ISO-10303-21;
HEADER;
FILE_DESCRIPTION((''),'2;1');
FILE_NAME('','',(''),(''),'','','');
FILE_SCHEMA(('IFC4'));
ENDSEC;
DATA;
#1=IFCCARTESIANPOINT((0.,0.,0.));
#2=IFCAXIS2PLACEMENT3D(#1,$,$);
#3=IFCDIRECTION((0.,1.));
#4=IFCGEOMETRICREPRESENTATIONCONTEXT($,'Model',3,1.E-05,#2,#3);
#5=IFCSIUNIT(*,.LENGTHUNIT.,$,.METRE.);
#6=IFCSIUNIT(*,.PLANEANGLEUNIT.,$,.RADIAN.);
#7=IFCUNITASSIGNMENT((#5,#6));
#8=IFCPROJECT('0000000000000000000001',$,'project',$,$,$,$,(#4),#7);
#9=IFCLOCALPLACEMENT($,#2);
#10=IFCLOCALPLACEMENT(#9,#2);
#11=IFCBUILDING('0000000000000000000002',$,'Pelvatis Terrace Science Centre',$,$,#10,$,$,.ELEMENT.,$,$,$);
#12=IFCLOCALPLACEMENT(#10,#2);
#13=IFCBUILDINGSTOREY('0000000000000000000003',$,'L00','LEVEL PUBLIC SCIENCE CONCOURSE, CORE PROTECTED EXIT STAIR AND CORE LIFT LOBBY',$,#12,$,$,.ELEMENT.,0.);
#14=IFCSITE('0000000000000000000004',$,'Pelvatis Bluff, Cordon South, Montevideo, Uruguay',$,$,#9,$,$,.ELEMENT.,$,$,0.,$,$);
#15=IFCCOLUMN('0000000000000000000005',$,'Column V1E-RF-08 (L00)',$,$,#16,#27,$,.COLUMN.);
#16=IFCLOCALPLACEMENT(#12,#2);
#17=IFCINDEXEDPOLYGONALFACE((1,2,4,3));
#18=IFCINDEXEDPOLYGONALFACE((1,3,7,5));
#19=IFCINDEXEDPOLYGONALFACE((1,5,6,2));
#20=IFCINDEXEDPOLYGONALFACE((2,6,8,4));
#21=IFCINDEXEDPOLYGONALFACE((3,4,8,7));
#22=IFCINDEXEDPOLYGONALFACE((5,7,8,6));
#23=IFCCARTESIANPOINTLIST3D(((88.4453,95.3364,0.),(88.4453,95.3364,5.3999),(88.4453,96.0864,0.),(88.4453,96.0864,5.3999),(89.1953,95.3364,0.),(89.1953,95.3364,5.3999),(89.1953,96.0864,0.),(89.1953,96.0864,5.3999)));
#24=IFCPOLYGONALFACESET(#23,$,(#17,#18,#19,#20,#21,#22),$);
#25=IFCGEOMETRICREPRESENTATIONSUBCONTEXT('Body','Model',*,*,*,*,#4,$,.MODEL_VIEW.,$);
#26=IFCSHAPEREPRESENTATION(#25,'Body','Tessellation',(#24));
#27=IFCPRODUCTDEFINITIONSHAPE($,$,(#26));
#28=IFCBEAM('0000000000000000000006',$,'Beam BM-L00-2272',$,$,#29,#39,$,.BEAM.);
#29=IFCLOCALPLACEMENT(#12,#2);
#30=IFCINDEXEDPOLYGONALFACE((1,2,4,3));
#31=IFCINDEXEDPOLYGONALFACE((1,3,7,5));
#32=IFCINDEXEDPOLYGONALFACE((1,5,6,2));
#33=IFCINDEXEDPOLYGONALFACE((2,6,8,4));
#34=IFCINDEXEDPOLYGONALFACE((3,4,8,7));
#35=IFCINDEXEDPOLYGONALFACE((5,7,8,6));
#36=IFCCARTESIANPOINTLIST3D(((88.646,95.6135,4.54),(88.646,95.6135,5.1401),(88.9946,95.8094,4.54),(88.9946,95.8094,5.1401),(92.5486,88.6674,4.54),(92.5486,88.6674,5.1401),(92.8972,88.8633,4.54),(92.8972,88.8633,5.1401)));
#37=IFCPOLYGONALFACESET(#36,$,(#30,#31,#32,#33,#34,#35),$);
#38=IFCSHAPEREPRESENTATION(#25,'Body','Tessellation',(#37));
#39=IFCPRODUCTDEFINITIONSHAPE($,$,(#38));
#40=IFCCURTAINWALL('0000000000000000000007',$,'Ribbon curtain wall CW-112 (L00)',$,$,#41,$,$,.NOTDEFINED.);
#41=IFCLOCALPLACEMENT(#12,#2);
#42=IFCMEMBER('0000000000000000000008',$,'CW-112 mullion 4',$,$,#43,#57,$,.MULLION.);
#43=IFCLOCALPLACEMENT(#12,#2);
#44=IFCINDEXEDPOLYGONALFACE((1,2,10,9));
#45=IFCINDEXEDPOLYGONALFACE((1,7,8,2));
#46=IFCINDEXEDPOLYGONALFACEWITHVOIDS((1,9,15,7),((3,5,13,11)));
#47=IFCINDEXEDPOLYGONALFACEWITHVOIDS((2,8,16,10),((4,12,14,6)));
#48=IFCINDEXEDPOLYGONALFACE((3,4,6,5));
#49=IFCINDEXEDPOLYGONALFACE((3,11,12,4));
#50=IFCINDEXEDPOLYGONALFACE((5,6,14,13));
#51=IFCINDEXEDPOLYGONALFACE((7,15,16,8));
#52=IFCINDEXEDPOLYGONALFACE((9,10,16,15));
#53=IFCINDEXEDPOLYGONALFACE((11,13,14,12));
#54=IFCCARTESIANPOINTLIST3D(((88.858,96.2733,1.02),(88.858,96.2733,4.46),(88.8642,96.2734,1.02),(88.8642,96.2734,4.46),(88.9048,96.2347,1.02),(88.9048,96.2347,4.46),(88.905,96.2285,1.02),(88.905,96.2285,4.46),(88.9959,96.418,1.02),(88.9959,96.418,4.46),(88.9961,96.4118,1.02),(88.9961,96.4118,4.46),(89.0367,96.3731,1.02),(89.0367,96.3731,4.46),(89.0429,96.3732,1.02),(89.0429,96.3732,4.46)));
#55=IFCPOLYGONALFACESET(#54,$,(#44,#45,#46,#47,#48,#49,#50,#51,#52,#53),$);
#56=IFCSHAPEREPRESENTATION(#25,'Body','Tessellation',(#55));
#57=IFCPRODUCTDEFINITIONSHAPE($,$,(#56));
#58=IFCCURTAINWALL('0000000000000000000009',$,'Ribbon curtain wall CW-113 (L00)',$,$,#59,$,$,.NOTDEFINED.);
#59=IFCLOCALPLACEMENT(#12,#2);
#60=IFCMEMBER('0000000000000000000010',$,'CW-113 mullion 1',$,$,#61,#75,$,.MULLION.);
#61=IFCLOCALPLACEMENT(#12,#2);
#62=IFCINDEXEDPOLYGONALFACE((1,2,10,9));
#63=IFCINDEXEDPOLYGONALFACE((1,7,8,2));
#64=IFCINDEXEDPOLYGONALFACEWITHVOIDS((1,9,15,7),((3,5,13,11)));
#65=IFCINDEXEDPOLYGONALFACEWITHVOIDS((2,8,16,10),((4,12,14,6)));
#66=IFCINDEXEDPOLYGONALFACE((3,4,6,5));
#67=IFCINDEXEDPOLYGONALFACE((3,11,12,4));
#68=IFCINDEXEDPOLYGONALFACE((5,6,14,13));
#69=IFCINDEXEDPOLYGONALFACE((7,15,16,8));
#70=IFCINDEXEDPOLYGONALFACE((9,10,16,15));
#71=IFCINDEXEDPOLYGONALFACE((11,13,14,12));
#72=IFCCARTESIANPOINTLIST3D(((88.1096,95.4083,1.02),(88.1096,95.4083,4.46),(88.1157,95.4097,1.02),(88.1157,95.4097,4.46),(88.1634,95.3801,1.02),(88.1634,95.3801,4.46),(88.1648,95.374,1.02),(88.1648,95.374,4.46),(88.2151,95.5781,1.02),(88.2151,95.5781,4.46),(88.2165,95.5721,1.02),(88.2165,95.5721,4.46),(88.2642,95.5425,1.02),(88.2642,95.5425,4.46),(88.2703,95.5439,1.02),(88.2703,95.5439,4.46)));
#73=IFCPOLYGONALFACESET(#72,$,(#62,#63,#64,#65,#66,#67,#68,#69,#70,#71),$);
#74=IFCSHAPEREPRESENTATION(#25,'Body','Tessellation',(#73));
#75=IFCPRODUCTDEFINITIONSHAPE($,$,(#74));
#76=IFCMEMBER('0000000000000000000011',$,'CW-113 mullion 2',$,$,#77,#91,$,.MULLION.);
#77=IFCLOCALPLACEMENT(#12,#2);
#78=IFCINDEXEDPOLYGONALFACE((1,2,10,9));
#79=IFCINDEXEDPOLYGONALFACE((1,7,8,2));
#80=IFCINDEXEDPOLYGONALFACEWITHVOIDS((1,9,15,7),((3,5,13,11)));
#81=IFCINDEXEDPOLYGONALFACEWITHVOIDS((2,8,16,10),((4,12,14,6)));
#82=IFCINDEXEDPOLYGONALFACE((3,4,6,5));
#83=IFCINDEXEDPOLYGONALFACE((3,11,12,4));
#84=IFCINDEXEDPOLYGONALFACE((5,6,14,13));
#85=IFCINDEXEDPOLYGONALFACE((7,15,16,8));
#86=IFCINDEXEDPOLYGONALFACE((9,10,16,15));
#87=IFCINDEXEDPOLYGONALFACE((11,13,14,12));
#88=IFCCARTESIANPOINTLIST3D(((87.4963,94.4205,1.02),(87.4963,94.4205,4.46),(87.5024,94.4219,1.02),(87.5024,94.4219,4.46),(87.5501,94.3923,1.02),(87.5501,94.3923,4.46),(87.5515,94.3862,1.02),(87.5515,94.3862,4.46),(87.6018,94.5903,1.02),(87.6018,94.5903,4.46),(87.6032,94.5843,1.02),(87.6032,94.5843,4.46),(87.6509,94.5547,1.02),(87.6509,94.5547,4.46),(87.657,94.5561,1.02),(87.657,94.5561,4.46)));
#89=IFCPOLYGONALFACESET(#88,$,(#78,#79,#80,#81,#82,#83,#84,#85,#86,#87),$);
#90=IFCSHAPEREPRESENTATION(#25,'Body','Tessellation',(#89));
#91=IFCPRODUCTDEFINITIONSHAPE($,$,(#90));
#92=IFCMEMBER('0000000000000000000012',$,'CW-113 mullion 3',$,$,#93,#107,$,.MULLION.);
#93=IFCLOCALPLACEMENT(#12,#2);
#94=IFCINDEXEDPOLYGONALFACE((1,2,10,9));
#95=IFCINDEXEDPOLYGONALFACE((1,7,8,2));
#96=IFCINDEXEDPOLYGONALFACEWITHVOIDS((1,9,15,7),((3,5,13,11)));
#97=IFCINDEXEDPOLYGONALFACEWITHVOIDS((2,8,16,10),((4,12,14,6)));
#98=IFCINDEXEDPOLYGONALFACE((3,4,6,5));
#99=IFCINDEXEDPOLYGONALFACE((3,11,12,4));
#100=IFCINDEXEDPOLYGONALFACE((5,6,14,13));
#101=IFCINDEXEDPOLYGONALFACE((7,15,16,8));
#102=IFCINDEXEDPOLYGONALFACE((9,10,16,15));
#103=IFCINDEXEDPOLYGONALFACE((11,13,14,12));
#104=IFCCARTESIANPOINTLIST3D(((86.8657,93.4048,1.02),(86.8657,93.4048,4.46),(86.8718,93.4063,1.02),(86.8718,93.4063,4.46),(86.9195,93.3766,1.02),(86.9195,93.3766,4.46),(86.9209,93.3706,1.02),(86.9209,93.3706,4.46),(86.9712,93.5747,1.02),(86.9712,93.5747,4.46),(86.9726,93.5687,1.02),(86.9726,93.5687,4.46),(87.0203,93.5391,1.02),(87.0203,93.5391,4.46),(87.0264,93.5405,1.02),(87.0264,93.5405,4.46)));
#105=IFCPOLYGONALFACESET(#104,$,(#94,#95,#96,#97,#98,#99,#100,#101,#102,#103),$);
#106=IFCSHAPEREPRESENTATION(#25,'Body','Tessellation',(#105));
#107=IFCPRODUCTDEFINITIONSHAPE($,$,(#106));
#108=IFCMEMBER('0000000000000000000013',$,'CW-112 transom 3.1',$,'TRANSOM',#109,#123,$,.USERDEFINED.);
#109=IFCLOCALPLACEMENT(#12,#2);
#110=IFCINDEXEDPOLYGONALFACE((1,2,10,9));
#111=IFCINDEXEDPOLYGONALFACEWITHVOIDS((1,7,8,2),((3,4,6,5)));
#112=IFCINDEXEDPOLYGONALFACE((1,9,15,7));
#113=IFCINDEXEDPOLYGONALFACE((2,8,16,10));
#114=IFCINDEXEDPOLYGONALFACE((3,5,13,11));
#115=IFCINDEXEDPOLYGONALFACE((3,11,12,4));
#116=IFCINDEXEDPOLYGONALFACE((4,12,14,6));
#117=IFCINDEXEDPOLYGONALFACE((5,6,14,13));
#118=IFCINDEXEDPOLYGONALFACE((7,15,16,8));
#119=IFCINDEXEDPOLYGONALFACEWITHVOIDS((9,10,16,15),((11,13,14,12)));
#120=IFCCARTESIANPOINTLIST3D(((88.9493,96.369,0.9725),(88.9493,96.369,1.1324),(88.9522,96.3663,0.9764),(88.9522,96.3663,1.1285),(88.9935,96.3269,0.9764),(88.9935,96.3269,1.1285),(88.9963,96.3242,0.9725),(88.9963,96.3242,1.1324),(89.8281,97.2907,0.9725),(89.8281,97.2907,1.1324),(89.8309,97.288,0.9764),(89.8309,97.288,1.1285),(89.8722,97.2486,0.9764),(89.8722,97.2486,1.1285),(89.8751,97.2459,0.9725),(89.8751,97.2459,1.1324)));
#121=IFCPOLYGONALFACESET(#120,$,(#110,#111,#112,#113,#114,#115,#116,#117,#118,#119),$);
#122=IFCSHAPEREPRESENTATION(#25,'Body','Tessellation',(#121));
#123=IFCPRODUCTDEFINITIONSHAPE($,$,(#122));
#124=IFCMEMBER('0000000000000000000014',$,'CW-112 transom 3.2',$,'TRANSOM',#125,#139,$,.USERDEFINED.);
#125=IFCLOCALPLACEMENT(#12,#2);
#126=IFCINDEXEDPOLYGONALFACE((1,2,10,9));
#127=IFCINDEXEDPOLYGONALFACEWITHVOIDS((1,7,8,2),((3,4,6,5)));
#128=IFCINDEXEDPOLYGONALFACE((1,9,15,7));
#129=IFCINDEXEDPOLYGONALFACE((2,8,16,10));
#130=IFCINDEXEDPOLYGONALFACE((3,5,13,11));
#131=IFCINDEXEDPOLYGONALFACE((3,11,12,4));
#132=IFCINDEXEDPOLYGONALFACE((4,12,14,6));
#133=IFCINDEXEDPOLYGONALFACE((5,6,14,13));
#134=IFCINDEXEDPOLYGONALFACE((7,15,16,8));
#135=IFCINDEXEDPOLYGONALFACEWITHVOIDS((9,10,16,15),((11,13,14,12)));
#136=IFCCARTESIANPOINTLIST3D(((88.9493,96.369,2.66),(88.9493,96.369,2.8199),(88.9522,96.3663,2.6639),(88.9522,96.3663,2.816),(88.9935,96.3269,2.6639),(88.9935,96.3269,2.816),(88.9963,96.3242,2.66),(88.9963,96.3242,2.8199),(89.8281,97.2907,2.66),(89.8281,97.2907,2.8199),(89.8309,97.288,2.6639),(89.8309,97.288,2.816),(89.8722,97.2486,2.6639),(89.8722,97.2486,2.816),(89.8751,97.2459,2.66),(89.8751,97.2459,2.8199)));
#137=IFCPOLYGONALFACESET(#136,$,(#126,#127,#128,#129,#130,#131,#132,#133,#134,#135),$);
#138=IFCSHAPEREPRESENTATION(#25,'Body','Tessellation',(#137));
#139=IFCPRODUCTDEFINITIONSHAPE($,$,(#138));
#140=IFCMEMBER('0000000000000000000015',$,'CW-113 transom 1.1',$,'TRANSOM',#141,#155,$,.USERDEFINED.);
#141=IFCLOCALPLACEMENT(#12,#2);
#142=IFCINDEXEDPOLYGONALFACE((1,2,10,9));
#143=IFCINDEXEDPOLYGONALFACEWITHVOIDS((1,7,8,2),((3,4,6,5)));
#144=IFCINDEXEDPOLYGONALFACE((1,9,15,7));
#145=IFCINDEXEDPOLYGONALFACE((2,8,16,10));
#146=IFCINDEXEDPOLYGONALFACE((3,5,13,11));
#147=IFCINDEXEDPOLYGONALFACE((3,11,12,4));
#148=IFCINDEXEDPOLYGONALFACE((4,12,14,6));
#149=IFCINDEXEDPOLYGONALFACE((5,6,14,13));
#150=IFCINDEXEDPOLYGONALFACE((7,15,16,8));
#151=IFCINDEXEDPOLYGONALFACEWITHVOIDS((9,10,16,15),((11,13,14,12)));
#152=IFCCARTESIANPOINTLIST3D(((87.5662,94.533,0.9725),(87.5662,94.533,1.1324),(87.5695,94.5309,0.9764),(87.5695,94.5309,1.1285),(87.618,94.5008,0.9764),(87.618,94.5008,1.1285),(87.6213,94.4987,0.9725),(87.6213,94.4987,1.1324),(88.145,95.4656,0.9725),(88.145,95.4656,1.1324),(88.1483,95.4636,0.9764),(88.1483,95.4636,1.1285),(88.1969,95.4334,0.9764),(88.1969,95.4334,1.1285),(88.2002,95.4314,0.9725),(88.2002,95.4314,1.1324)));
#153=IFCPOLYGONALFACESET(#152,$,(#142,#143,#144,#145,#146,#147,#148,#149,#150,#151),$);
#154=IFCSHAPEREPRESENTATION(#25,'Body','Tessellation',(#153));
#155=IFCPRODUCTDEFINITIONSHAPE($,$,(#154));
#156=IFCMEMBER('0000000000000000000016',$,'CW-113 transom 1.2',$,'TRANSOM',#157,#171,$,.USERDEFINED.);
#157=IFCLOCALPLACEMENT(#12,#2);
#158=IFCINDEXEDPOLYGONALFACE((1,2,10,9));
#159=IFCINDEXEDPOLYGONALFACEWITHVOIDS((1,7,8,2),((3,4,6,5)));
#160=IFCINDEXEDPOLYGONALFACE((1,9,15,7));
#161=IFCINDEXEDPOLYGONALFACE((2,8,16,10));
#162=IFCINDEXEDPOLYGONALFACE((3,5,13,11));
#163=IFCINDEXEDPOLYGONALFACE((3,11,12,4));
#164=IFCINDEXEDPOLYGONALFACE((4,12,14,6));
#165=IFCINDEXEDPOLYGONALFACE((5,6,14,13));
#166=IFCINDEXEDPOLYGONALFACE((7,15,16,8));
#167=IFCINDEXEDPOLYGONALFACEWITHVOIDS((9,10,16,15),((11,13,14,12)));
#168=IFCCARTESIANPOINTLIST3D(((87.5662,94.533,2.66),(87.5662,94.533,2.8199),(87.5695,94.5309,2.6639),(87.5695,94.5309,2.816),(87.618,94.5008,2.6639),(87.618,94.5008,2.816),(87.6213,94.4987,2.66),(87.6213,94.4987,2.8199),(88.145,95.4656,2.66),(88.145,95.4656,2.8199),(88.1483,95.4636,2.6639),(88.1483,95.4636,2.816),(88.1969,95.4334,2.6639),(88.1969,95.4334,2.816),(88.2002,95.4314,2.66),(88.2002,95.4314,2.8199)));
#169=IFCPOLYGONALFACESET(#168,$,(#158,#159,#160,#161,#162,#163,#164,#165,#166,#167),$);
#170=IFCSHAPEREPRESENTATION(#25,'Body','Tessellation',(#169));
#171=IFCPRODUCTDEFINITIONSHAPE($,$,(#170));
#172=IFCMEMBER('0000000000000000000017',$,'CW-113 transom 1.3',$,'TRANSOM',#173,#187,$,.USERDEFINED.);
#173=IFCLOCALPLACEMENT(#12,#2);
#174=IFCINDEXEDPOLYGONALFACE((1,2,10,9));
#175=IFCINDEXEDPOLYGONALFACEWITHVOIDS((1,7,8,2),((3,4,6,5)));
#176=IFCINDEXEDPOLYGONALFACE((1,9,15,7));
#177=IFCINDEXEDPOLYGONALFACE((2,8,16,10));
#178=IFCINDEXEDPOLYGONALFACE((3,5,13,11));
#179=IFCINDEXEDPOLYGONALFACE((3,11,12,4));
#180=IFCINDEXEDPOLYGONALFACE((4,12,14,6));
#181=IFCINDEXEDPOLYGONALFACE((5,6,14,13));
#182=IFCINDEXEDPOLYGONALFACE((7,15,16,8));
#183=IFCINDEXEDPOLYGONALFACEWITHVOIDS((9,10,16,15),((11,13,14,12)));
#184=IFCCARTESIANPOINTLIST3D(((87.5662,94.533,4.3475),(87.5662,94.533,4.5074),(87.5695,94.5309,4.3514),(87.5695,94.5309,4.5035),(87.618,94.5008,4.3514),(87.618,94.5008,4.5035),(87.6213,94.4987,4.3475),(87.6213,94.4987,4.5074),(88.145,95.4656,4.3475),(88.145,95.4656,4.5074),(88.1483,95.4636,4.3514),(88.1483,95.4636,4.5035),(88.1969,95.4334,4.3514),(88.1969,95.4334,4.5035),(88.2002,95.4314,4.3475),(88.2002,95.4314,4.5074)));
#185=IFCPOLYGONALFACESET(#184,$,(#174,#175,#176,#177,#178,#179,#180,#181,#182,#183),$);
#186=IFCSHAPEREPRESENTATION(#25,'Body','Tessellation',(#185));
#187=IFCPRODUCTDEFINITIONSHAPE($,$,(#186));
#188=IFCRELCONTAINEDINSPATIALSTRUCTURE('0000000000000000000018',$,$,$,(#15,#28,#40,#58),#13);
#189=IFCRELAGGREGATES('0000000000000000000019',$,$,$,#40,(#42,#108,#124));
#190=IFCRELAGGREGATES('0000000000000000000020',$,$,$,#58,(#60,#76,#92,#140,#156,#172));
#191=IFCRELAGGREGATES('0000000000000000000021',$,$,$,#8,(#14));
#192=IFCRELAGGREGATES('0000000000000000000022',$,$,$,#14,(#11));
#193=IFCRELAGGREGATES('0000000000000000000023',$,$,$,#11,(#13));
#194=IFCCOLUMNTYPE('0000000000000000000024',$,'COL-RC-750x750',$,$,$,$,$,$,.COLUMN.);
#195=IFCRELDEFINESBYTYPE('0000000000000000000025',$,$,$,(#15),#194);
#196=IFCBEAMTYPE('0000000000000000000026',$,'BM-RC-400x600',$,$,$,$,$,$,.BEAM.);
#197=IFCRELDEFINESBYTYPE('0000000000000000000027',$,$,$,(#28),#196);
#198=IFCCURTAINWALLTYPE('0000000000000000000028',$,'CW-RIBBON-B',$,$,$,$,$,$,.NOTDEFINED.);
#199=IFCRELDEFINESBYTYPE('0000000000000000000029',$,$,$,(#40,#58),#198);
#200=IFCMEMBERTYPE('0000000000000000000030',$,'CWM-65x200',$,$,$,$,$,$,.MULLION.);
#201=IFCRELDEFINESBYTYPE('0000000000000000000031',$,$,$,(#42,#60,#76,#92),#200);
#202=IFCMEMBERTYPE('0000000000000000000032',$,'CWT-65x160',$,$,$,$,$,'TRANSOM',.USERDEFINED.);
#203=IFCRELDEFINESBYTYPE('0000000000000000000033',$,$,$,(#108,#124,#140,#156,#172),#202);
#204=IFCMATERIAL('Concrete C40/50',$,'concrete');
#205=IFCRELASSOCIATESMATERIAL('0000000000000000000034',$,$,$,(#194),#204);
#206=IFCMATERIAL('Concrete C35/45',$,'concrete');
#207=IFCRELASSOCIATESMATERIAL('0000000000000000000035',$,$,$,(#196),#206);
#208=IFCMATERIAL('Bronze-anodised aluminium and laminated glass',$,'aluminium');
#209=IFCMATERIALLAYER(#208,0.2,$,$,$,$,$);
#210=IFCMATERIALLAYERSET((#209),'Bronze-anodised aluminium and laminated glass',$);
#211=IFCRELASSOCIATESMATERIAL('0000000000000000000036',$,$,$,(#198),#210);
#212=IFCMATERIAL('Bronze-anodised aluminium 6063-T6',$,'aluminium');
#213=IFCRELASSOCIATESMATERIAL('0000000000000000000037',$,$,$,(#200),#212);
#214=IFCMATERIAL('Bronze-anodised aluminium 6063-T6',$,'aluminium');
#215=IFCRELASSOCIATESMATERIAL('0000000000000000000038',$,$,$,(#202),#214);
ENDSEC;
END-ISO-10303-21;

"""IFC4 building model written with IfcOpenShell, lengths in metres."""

from ifc_helpers import new_model, si_unit, direction, frame, origin, origin_2d, place, context, subcontext, project, spatial, rectangle, hollow_rectangle, extrude, material, layer, layer_set, material_profile, profile_set, type_object, element, aggregate, save


model = new_model("IFC4")

# Units and contexts
model_context = context("Model", 3, precision=1e-05, world=origin(), true_north=direction((0.0, 1.0)))
body_context = subcontext(model_context, "Body", "Model", "MODEL_VIEW")
ifc_project = project(units=[si_unit("LENGTHUNIT", "METRE"), si_unit("PLANEANGLEUNIT", "RADIAN")], contexts=[model_context])

# Site, building, storey
site_placement = place(None, origin())
site = spatial("IfcSite", under=ifc_project, at=site_placement, Name="Pelvatis Bluff, Cordon South, Montevideo, Uruguay", CompositionType="ELEMENT", RefElevation=0.0)
building_placement = place(site_placement, origin())
building = spatial("IfcBuilding", under=site, at=building_placement, Name="Pelvatis Terrace Science Centre", CompositionType="ELEMENT")
storey_placement = place(building_placement, origin())
storey = spatial("IfcBuildingStorey", under=building, at=storey_placement, Name="L00", Description="LEVEL PUBLIC SCIENCE CONCOURSE, CORE PROTECTED EXIT STAIR AND CORE LIFT LOBBY", CompositionType="ELEMENT", Elevation=0.0)

# Column
ifc_material_1 = material(Name="Concrete C40/50", Category="concrete")
ifc_material_profile_1 = material_profile(ifc_material_1, rectangle(XDim=0.75, YDim=0.75, at=origin_2d()), Name="RC-COL 750x750")
ifc_profile_set_1 = profile_set([ifc_material_profile_1], Name="Concrete C40/50")
column_type = type_object("IfcColumnType", Name="COL-RC-750x750", PredefinedType="COLUMN", material=ifc_profile_set_1)
column_placement = place(storey_placement, frame((88.8203, 95.7114, 0.0), z_axis=(0.0, 0.0, 1.0), x_axis=(1.0, 0.0, 0.0)))
element("IfcColumn", 1, at=column_placement, inside=storey, type_object=column_type, Name="Column V1E-RF-08 (L00)", PredefinedType="COLUMN", context=body_context, shape_type="SweptSolid", body=[
    extrude(rectangle(XDim=0.75, YDim=0.75, at=origin_2d()), origin(), (0.0, 0.0, 1.0), 5.3999),
])

# Beam
ifc_material_2 = material(Name="Concrete C35/45", Category="concrete")
ifc_material_profile_2 = material_profile(ifc_material_2, rectangle(XDim=0.3999, YDim=0.6001, at=origin_2d()), Name="RC-BM 400x600")
ifc_profile_set_2 = profile_set([ifc_material_profile_2], Name="Concrete C35/45")
beam_type = type_object("IfcBeamType", Name="BM-RC-400x600", PredefinedType="BEAM", material=ifc_profile_set_2)
beam_placement = place(storey_placement, frame((88.8203, 95.7114, 4.8401), z_axis=(0.489826, -0.87182, 0.0), x_axis=(0.87182, 0.489826, 0.0)))
element("IfcBeam", 2, at=beam_placement, inside=storey, type_object=beam_type, Name="Beam BM-L00-2272", PredefinedType="BEAM", context=body_context, shape_type="SweptSolid", body=[
    extrude(rectangle(XDim=0.3999, YDim=0.6001, at=origin_2d()), origin(), (0.0, 0.0, 1.0), 7.9673),
])

# Curtain wall, member
ifc_material_3 = material(Name="Bronze-anodised aluminium and laminated glass", Category="aluminium")
ifc_layer_1 = layer(ifc_material_3, 0.2)
ifc_layer_set_1 = layer_set([ifc_layer_1], Name="Bronze-anodised aluminium and laminated glass")
curtain_wall_type = type_object("IfcCurtainWallType", Name="CW-RIBBON-B", PredefinedType="NOTDEFINED", material=ifc_layer_set_1)
curtain_wall_1_placement = place(storey_placement, origin())
curtain_wall_1 = element("IfcCurtainWall", 3, at=curtain_wall_1_placement, inside=storey, type_object=curtain_wall_type, Name="Ribbon curtain wall CW-112 (L00)", PredefinedType="NOTDEFINED")
ifc_material_4 = material(Name="Bronze-anodised aluminium 6063-T6", Category="aluminium")
ifc_material_profile_3 = material_profile(ifc_material_4, hollow_rectangle(XDim=0.0649, YDim=0.2, WallThickness=0.0044, at=origin_2d()), Name="ALU-MUL 65x200")
ifc_profile_set_3 = profile_set([ifc_material_profile_3], Name="Bronze-anodised aluminium 6063-T6")
member_type_1 = type_object("IfcMemberType", Name="CWM-65x200", PredefinedType="MULLION", material=ifc_profile_set_3)
member_1_placement = place(storey_placement, frame((88.9504, 96.3232, 1.02), z_axis=(0.0, 0.0, 1.0), x_axis=(0.723839, -0.689969, 0.0)))
member_1 = element("IfcMember", 4, at=member_1_placement, type_object=member_type_1, Name="CW-112 mullion 4", PredefinedType="MULLION", context=body_context, shape_type="SweptSolid", body=[
    extrude(hollow_rectangle(XDim=0.0649, YDim=0.2, WallThickness=0.0044, at=origin_2d()), origin(), (0.0, 0.0, 1.0), 3.4399),
])

# Curtain wall, members
curtain_wall_2_placement = place(storey_placement, origin())
curtain_wall_2 = element("IfcCurtainWall", 5, at=curtain_wall_2_placement, inside=storey, type_object=curtain_wall_type, Name="Ribbon curtain wall CW-113 (L00)", PredefinedType="NOTDEFINED")
member_2_placement = place(storey_placement, frame((88.1899, 95.4761, 1.02), z_axis=(0.0, 0.0, 1.0), x_axis=(0.849582, -0.527457, 0.0)))
member_2 = element("IfcMember", 6, at=member_2_placement, type_object=member_type_1, Name="CW-113 mullion 1", PredefinedType="MULLION", context=body_context, shape_type="SweptSolid", body=[
    extrude(hollow_rectangle(XDim=0.0649, YDim=0.2, WallThickness=0.0044, at=origin_2d()), origin(), (0.0, 0.0, 1.0), 3.4399),
])
member_3_placement = place(storey_placement, frame((87.5767, 94.4883, 1.02), z_axis=(0.0, 0.0, 1.0), x_axis=(0.849582, -0.527457, 0.0)))
member_3 = element("IfcMember", 7, at=member_3_placement, type_object=member_type_1, Name="CW-113 mullion 2", PredefinedType="MULLION", context=body_context, shape_type="SweptSolid", body=[
    extrude(hollow_rectangle(XDim=0.0649, YDim=0.2, WallThickness=0.0044, at=origin_2d()), origin(), (0.0, 0.0, 1.0), 3.4399),
])
member_4_placement = place(storey_placement, frame((86.946, 93.4727, 1.02), z_axis=(0.0, 0.0, 1.0), x_axis=(0.849582, -0.527457, 0.0)))
member_4 = element("IfcMember", 8, at=member_4_placement, type_object=member_type_1, Name="CW-113 mullion 3", PredefinedType="MULLION", context=body_context, shape_type="SweptSolid", body=[
    extrude(hollow_rectangle(XDim=0.0649, YDim=0.2, WallThickness=0.0044, at=origin_2d()), origin(), (0.0, 0.0, 1.0), 3.4399),
])

# Members
ifc_material_5 = material(Name="Bronze-anodised aluminium 6063-T6", Category="aluminium")
ifc_material_profile_4 = material_profile(ifc_material_5, hollow_rectangle(XDim=0.0649, YDim=0.1599, WallThickness=0.0039, at=origin_2d()), Name="ALU-TRN 65x160")
ifc_profile_set_4 = profile_set([ifc_material_profile_4], Name="Bronze-anodised aluminium 6063-T6")
member_type_2 = type_object("IfcMemberType", Name="CWT-65x160", ElementType="TRANSOM", PredefinedType="USERDEFINED", material=ifc_profile_set_4)
member_5_placement = place(storey_placement, frame((89.8516, 97.2683, 1.0525), z_axis=(-0.690033, -0.723778, 0.0), x_axis=(0.723778, -0.690033, 0.0)))
member_5 = element("IfcMember", 9, at=member_5_placement, type_object=member_type_2, Name="CW-112 transom 3.1", ObjectType="TRANSOM", PredefinedType="USERDEFINED", context=body_context, shape_type="SweptSolid", body=[
    extrude(hollow_rectangle(XDim=0.0649, YDim=0.1599, WallThickness=0.0039, at=origin_2d()), origin(), (0.0, 0.0, 1.0), 1.2734),
])
member_6_placement = place(storey_placement, frame((89.8516, 97.2683, 2.74), z_axis=(-0.690033, -0.723778, 0.0), x_axis=(0.723778, -0.690033, 0.0)))
member_6 = element("IfcMember", 10, at=member_6_placement, type_object=member_type_2, Name="CW-112 transom 3.2", ObjectType="TRANSOM", PredefinedType="USERDEFINED", context=body_context, shape_type="SweptSolid", body=[
    extrude(hollow_rectangle(XDim=0.0649, YDim=0.1599, WallThickness=0.0039, at=origin_2d()), origin(), (0.0, 0.0, 1.0), 1.2734),
])
member_7_placement = place(storey_placement, frame((88.1726, 95.4485, 1.0525), z_axis=(-0.527357, -0.849644, 0.0), x_axis=(0.849644, -0.527357, 0.0)))
member_7 = element("IfcMember", 11, at=member_7_placement, type_object=member_type_2, Name="CW-113 transom 1.1", ObjectType="TRANSOM", PredefinedType="USERDEFINED", context=body_context, shape_type="SweptSolid", body=[
    extrude(hollow_rectangle(XDim=0.0649, YDim=0.1599, WallThickness=0.0039, at=origin_2d()), origin(), (0.0, 0.0, 1.0), 1.0977),
])
member_8_placement = place(storey_placement, frame((88.1726, 95.4485, 2.74), z_axis=(-0.527357, -0.849644, 0.0), x_axis=(0.849644, -0.527357, 0.0)))
member_8 = element("IfcMember", 12, at=member_8_placement, type_object=member_type_2, Name="CW-113 transom 1.2", ObjectType="TRANSOM", PredefinedType="USERDEFINED", context=body_context, shape_type="SweptSolid", body=[
    extrude(hollow_rectangle(XDim=0.0649, YDim=0.1599, WallThickness=0.0039, at=origin_2d()), origin(), (0.0, 0.0, 1.0), 1.0977),
])
member_9_placement = place(storey_placement, frame((88.1726, 95.4485, 4.4275), z_axis=(-0.527357, -0.849644, 0.0), x_axis=(0.849644, -0.527357, 0.0)))
member_9 = element("IfcMember", 13, at=member_9_placement, type_object=member_type_2, Name="CW-113 transom 1.3", ObjectType="TRANSOM", PredefinedType="USERDEFINED", context=body_context, shape_type="SweptSolid", body=[
    extrude(hollow_rectangle(XDim=0.0649, YDim=0.1599, WallThickness=0.0039, at=origin_2d()), origin(), (0.0, 0.0, 1.0), 1.0977),
])

aggregate(curtain_wall_1, [member_1, member_5, member_6])
aggregate(curtain_wall_2, [member_2, member_3, member_4, member_7, member_8, member_9])

save(model, "model.ifc")
